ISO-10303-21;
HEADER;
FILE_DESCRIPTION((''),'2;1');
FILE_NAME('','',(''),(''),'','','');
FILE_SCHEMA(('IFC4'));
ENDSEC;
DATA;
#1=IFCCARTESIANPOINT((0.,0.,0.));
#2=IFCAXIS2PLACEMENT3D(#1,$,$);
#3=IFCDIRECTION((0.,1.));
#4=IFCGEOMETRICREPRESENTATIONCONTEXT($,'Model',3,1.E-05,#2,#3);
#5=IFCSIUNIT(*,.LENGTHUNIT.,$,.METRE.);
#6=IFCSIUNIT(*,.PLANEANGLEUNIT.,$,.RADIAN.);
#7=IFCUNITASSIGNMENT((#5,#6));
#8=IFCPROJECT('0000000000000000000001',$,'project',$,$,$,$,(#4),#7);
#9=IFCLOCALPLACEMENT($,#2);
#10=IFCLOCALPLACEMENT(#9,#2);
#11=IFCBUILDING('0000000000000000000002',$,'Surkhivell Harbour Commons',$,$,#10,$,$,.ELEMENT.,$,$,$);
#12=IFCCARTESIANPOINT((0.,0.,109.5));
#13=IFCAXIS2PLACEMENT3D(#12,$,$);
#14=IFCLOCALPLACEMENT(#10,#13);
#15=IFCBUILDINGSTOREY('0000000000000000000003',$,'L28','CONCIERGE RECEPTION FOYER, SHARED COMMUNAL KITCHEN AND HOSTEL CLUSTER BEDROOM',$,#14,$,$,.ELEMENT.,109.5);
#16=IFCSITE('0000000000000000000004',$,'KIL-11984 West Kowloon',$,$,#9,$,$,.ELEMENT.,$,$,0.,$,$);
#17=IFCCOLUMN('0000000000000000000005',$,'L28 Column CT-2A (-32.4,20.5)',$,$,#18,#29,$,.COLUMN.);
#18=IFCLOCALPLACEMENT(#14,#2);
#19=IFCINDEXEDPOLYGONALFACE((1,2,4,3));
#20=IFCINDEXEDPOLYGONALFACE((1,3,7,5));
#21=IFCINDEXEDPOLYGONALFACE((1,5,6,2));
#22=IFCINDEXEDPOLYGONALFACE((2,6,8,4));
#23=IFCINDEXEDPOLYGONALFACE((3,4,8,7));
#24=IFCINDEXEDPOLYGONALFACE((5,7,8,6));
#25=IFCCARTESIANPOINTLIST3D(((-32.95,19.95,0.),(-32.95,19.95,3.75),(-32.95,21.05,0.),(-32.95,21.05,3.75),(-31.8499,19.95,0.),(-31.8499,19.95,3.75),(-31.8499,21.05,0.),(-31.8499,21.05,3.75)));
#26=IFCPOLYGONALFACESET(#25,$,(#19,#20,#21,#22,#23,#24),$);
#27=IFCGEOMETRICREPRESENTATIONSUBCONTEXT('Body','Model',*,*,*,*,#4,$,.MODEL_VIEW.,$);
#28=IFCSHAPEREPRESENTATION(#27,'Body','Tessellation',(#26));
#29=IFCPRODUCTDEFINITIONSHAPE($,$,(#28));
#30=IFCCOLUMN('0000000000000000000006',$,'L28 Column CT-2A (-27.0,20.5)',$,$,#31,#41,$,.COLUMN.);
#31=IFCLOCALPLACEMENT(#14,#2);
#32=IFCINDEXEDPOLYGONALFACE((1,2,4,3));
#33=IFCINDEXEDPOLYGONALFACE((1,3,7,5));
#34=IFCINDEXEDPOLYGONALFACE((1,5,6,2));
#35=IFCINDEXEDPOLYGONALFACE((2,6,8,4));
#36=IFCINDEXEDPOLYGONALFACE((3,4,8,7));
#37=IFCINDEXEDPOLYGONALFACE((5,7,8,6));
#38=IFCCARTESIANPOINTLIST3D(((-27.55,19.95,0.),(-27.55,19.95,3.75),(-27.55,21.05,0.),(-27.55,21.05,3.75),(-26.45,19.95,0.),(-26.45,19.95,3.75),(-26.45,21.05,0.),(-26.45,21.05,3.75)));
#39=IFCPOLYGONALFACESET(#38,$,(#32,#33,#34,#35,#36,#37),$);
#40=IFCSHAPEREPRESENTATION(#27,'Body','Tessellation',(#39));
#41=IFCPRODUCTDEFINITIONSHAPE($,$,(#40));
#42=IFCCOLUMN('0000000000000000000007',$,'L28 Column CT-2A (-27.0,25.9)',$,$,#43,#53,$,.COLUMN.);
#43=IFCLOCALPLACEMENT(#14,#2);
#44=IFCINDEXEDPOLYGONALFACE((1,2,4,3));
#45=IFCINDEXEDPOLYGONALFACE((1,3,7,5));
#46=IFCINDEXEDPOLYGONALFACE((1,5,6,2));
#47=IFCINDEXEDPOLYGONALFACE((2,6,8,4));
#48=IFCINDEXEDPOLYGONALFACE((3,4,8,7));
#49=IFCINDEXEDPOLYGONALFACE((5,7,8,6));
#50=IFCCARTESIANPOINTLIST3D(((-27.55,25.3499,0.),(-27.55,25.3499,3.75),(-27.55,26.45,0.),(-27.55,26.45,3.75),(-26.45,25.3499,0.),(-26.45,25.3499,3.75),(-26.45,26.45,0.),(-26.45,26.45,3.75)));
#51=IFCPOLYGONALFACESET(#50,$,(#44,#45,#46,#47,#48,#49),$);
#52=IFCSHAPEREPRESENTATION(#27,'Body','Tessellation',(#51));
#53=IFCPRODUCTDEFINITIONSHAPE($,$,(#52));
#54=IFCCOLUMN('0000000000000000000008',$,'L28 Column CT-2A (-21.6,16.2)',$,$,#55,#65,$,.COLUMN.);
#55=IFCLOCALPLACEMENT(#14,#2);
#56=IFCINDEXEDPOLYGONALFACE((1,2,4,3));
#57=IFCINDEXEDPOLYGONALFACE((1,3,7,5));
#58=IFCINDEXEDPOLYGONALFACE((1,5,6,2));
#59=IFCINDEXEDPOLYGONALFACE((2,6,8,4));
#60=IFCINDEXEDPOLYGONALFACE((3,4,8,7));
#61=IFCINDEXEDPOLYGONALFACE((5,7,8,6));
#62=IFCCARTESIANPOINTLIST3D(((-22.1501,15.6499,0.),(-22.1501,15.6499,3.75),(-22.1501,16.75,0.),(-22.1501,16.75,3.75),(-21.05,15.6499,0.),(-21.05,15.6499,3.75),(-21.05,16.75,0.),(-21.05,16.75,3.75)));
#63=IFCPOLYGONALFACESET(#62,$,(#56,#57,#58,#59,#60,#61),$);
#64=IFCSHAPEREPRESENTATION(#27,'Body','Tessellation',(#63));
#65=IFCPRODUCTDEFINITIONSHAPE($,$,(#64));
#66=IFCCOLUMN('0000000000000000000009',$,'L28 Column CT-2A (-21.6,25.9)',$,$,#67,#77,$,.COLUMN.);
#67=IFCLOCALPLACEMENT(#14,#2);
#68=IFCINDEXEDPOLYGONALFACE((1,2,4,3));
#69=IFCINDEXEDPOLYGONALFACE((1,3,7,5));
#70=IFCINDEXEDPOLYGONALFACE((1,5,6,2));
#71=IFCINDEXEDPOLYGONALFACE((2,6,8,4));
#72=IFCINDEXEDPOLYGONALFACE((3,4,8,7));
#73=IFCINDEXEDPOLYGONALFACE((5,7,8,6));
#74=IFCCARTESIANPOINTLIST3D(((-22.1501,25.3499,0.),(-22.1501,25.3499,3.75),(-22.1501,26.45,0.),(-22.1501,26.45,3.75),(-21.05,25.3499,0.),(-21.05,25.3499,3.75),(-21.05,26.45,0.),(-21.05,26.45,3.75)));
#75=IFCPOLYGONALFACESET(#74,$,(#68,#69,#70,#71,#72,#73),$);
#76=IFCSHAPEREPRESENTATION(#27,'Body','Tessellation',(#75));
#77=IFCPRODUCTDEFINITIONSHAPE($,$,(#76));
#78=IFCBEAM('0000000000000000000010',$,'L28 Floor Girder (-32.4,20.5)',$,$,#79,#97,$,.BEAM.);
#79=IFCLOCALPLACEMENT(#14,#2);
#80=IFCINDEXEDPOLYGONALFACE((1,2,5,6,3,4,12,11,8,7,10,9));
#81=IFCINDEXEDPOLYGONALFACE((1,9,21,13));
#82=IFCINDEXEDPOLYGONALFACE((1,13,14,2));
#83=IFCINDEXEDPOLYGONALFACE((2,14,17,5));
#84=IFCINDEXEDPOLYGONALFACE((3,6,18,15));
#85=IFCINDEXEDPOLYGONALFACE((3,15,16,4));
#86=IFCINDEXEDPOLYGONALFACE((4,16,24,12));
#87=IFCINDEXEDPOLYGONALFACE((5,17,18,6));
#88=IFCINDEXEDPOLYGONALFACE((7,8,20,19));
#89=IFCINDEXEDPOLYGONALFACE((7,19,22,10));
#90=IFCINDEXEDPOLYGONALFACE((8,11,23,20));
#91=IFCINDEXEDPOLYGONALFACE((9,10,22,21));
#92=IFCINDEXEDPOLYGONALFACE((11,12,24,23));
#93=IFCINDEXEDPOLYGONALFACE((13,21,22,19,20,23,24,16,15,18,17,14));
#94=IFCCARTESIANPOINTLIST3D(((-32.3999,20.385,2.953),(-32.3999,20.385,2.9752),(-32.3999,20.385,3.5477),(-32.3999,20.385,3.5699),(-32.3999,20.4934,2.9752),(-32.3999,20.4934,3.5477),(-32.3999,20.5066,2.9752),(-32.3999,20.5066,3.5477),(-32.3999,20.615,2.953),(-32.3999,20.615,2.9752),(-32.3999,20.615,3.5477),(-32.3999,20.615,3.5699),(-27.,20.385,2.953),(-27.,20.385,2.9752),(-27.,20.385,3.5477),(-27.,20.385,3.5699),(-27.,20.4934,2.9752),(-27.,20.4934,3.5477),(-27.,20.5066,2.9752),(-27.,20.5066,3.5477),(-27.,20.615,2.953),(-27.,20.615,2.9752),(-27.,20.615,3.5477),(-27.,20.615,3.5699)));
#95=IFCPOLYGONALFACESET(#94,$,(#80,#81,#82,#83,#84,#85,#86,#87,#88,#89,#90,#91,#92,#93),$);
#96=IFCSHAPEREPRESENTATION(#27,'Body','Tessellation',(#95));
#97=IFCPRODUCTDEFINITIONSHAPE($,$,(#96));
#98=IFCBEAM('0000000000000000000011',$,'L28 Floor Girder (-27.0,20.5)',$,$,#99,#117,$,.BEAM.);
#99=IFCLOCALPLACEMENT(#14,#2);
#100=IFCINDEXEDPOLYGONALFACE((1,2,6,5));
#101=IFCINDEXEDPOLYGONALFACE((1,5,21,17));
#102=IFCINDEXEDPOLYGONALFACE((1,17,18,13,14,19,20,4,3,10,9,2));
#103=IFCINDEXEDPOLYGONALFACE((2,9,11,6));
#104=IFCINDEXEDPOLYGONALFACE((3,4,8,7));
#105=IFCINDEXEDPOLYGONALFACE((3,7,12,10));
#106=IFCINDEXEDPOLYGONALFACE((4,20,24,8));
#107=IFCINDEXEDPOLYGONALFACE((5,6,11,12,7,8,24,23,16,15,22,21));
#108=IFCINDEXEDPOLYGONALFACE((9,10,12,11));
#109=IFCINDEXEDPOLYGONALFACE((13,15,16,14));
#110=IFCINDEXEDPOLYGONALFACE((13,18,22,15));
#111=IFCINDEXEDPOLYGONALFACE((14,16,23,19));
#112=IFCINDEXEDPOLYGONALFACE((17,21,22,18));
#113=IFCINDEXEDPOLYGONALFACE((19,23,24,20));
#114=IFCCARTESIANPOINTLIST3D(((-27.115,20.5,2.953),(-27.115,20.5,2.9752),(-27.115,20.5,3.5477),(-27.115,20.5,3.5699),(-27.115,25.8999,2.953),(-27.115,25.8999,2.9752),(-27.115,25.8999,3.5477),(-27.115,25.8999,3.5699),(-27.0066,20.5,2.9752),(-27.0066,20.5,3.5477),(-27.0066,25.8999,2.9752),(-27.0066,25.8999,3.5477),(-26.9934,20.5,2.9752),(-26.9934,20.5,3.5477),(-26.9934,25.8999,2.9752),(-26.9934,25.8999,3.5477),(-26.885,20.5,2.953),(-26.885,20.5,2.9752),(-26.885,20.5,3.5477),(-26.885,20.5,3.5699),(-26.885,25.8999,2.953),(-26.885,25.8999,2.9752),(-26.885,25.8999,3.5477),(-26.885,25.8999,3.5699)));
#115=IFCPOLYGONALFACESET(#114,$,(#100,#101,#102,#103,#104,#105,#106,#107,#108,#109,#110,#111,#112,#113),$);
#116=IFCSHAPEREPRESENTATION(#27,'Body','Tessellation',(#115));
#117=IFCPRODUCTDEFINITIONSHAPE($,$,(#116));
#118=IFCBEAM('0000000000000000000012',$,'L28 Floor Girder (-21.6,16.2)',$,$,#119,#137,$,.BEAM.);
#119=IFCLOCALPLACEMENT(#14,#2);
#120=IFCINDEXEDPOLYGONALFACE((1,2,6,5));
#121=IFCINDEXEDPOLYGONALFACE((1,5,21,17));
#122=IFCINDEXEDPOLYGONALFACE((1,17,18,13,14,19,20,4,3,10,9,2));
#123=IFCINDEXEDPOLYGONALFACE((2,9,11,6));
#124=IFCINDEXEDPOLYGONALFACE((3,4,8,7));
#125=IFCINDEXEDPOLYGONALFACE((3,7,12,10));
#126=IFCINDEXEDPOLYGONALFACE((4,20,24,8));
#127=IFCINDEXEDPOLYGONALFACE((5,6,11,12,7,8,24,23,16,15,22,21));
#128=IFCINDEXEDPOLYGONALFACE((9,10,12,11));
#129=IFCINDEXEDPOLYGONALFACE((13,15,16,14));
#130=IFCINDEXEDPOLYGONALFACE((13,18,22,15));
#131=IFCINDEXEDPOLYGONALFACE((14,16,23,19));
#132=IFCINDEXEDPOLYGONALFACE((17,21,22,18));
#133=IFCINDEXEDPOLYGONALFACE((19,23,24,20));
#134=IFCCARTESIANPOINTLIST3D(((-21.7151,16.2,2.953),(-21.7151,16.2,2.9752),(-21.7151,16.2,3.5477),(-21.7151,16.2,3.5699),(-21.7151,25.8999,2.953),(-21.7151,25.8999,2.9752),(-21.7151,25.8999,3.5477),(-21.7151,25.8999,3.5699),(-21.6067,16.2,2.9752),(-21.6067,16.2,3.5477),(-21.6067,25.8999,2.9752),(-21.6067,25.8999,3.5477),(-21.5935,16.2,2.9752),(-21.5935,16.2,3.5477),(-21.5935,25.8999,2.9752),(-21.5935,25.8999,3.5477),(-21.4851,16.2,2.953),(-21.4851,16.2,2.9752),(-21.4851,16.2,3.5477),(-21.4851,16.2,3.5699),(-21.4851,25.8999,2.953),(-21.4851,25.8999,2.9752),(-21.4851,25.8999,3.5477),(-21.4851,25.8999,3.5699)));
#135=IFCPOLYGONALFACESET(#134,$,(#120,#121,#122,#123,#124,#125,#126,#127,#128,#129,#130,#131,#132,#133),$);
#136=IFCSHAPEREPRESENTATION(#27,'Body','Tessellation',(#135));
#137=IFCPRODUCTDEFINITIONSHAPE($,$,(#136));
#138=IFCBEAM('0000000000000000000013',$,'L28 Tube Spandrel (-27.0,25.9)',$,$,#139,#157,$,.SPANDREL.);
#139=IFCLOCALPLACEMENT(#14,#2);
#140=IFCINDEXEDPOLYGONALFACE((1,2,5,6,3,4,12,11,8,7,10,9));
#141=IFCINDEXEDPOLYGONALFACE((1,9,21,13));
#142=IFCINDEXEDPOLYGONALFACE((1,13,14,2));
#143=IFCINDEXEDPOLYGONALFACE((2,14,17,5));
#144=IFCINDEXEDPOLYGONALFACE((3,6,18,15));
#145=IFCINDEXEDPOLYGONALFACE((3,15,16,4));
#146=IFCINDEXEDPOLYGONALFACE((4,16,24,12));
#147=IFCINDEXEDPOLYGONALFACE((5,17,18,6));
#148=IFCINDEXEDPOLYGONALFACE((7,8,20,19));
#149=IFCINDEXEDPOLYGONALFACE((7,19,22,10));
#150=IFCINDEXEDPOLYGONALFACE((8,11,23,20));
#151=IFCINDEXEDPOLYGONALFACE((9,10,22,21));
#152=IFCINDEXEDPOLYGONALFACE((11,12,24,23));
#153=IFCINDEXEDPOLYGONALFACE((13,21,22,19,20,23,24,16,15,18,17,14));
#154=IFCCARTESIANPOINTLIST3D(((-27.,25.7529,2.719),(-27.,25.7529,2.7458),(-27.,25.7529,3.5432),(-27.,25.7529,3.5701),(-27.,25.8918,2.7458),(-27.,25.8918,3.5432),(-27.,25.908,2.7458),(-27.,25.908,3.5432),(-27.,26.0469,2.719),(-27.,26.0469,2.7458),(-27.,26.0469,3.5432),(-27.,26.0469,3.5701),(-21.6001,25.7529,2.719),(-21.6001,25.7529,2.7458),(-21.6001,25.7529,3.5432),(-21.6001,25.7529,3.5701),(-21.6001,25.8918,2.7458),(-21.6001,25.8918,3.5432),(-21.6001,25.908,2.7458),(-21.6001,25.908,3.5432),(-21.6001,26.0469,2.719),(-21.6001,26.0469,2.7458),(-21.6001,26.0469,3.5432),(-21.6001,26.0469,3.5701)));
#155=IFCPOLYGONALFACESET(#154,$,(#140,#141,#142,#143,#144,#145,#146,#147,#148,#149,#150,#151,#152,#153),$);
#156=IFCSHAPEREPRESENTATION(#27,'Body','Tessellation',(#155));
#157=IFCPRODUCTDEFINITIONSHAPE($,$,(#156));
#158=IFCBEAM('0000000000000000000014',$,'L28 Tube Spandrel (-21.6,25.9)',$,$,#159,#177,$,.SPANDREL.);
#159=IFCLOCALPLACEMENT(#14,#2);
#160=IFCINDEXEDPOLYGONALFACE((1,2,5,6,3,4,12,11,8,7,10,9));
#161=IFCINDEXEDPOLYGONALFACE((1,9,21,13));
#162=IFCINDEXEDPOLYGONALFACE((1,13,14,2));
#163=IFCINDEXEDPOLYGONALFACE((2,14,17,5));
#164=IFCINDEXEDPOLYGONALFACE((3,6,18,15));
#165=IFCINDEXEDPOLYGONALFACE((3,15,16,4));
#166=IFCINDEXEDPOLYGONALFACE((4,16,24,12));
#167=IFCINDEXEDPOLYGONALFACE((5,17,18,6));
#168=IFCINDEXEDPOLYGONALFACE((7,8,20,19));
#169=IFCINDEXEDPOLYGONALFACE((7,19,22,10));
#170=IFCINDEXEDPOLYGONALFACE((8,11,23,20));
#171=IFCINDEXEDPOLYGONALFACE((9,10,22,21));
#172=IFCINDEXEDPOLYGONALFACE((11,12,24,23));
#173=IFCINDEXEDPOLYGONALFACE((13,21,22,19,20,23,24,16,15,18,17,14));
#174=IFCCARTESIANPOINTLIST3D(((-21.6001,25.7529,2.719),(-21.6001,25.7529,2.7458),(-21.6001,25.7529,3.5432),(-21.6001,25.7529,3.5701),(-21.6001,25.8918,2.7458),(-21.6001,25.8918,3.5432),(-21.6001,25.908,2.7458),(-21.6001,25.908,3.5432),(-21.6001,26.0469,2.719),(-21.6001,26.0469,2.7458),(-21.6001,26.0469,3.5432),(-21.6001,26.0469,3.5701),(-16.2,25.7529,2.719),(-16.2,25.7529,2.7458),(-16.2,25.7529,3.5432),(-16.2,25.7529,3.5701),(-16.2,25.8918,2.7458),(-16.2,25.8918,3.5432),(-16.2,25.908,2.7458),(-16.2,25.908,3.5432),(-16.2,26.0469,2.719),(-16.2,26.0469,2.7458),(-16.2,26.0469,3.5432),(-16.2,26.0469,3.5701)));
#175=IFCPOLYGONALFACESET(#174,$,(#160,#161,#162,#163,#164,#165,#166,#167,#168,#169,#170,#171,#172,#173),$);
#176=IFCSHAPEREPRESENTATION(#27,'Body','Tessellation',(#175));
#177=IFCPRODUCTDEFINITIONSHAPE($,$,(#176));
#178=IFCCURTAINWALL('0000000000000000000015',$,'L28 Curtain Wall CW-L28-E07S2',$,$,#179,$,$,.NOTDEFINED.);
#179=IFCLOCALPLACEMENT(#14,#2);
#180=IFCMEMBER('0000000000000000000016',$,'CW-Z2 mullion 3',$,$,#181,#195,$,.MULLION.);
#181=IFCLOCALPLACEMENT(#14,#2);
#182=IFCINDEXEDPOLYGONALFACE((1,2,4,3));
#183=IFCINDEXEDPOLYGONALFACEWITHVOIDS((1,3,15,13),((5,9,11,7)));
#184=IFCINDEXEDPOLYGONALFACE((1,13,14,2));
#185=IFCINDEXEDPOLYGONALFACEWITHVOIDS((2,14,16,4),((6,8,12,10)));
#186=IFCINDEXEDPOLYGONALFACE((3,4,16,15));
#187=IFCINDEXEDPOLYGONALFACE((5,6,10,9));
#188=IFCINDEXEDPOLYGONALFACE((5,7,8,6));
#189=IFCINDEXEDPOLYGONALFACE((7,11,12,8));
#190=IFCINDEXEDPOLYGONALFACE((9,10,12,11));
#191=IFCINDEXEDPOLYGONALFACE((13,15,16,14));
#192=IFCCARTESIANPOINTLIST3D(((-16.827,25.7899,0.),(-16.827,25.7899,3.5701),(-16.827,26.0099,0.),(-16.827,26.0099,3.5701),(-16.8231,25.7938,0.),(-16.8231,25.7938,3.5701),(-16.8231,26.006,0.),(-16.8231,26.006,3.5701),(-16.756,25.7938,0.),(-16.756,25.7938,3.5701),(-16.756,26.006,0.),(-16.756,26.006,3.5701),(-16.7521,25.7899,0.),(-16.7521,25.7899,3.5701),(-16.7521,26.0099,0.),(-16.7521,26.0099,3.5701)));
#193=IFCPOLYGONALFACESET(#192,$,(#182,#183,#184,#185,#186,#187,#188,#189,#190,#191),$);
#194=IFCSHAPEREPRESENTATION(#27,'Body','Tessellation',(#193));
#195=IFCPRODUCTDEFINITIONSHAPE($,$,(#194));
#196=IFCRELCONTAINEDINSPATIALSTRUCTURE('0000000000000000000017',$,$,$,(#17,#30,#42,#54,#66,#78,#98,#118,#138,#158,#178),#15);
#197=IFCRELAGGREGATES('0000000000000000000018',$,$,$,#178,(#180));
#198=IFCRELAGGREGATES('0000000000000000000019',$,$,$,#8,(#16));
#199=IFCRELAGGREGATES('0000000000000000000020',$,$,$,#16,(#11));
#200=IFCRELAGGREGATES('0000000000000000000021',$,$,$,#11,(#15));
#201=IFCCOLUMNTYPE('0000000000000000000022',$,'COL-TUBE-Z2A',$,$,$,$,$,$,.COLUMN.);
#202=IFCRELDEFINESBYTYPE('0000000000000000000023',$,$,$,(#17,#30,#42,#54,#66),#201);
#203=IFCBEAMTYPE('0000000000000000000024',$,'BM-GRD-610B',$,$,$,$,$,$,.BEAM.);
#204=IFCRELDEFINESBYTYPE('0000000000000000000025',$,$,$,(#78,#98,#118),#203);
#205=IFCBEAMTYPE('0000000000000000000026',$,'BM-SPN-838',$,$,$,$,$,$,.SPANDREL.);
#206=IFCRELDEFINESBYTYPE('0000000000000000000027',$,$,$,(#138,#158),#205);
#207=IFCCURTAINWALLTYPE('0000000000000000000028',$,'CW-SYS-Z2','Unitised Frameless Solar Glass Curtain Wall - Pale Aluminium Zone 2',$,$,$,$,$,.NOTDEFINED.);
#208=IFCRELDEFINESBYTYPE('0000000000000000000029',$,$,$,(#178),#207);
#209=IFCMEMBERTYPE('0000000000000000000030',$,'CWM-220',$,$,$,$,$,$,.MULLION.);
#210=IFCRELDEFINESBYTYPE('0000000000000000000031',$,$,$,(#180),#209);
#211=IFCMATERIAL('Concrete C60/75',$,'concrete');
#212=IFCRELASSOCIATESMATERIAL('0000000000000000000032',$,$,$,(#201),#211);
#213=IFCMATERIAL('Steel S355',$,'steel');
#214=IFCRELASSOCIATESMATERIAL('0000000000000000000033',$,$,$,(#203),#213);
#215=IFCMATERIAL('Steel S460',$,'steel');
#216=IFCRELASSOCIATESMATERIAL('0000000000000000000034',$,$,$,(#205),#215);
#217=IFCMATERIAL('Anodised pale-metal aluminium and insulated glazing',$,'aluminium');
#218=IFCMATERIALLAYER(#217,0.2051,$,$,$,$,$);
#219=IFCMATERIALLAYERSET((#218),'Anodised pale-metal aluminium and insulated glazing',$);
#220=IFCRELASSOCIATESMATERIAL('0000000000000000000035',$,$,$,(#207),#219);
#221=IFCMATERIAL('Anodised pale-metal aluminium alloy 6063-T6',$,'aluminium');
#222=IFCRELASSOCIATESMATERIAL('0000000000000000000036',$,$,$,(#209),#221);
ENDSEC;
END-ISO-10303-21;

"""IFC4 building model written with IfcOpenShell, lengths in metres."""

from ifc_helpers import new_model, si_unit, direction, frame, origin, origin_2d, place, context, subcontext, project, spatial, rectangle, hollow_rectangle, i_section, extrude, material, layer, layer_set, material_profile, profile_set, type_object, element, aggregate, save


model = new_model("IFC4")

# Units and contexts
model_context = context("Model", 3, precision=1e-05, world=origin(), true_north=direction((0.0, 1.0)))
body_context = subcontext(model_context, "Body", "Model", "MODEL_VIEW")
ifc_project = project(units=[si_unit("LENGTHUNIT", "METRE"), si_unit("PLANEANGLEUNIT", "RADIAN")], contexts=[model_context])

# Site, building, storey
site_placement = place(None, origin())
site = spatial("IfcSite", under=ifc_project, at=site_placement, Name="KIL-11984 West Kowloon", CompositionType="ELEMENT", RefElevation=0.0)
building_placement = place(site_placement, origin())
building = spatial("IfcBuilding", under=site, at=building_placement, Name="Surkhivell Harbour Commons", CompositionType="ELEMENT")
storey_placement = place(building_placement, frame((0.0, 0.0, 109.5)))
storey = spatial("IfcBuildingStorey", under=building, at=storey_placement, Name="L28", Description="CONCIERGE RECEPTION FOYER, SHARED COMMUNAL KITCHEN AND HOSTEL CLUSTER BEDROOM", CompositionType="ELEMENT", Elevation=109.5)

# Columns
ifc_material_1 = material(Name="Concrete C60/75", Category="concrete")
ifc_material_profile_1 = material_profile(ifc_material_1, rectangle(XDim=1.1001, YDim=1.1001, at=origin_2d()), Name="RC-COL-1100x1100")
ifc_profile_set_1 = profile_set([ifc_material_profile_1], Name="Concrete C60/75")
column_type = type_object("IfcColumnType", Name="COL-TUBE-Z2A", PredefinedType="COLUMN", material=ifc_profile_set_1)
for number, where, z_axis, x_axis, name in (
    (1, (-32.3999, 20.5, 0.0), (0.0, 0.0, 1.0), (1.0, 0.0, 0.0), "L28 Column CT-2A (-32.4,20.5)"),
    (2, (-27.0, 20.5, 0.0), (0.0, 0.0, 1.0), (1.0, 0.0, 0.0), "L28 Column CT-2A (-27.0,20.5)"),
    (3, (-27.0, 25.8999, 0.0), (0.0, 0.0, 1.0), (1.0, 0.0, 0.0), "L28 Column CT-2A (-27.0,25.9)"),
    (4, (-21.6001, 16.2, 0.0), (0.0, 0.0, 1.0), (1.0, 0.0, 0.0), "L28 Column CT-2A (-21.6,16.2)"),
    (5, (-21.6001, 25.8999, 0.0), (0.0, 0.0, 1.0), (1.0, 0.0, 0.0), "L28 Column CT-2A (-21.6,25.9)"),
):
    element("IfcColumn", number, at=place(storey_placement, frame(where, z_axis=z_axis, x_axis=x_axis)), inside=storey, type_object=column_type, Name=name, PredefinedType="COLUMN", context=body_context, shape_type="SweptSolid", body=[
        extrude(rectangle(XDim=1.1001, YDim=1.1001, at=origin_2d()), origin(), (0.0, 0.0, 1.0), 3.75),
    ])

# Beams
ifc_material_2 = material(Name="Steel S355", Category="steel")
ifc_material_profile_2 = material_profile(ifc_material_2, i_section(OverallWidth=0.23, OverallDepth=0.6169, WebThickness=0.0132, FlangeThickness=0.0222, at=origin_2d()), Name="UB610x229x140")
ifc_profile_set_2 = profile_set([ifc_material_profile_2], Name="Steel S355")
beam_type_1 = type_object("IfcBeamType", Name="BM-GRD-610B", PredefinedType="BEAM", material=ifc_profile_set_2)
for number, where, z_axis, x_axis, name in (
    (6, (-32.3999, 20.5, 3.2615), (1.0, 0.0, 0.0), (0.0, 1.0, 0.0), "L28 Floor Girder (-32.4,20.5)"),
    (7, (-27.0, 20.5, 3.2615), (0.0, 1.0, 0.0), (-1.0, 0.0, 0.0), "L28 Floor Girder (-27.0,20.5)"),
):
    element("IfcBeam", number, at=place(storey_placement, frame(where, z_axis=z_axis, x_axis=x_axis)), inside=storey, type_object=beam_type_1, Name=name, PredefinedType="BEAM", context=body_context, shape_type="SweptSolid", body=[
        extrude(i_section(OverallWidth=0.23, OverallDepth=0.6169, WebThickness=0.0132, FlangeThickness=0.0222, at=origin_2d()), origin(), (0.0, 0.0, 1.0), 5.3999),
    ])
beam_1_placement = place(storey_placement, frame((-21.6001, 16.2, 3.2615), z_axis=(0.0, 1.0, 0.0), x_axis=(-1.0, 0.0, 0.0)))
element("IfcBeam", 8, at=beam_1_placement, inside=storey, type_object=beam_type_1, Name="L28 Floor Girder (-21.6,16.2)", PredefinedType="BEAM", context=body_context, shape_type="SweptSolid", body=[
    extrude(i_section(OverallWidth=0.23, OverallDepth=0.6169, WebThickness=0.0132, FlangeThickness=0.0222, at=origin_2d()), origin(), (0.0, 0.0, 1.0), 9.7),
])
ifc_material_3 = material(Name="Steel S460", Category="steel")
ifc_material_profile_3 = material_profile(ifc_material_3, i_section(OverallWidth=0.2939, OverallDepth=0.8511, WebThickness=0.0161, FlangeThickness=0.0269, at=origin_2d()), Name="UB838x292x226")
ifc_profile_set_3 = profile_set([ifc_material_profile_3], Name="Steel S460")
beam_type_2 = type_object("IfcBeamType", Name="BM-SPN-838", PredefinedType="SPANDREL", material=ifc_profile_set_3)
beam_2_placement = place(storey_placement, frame((-27.0, 25.8999, 3.1445), z_axis=(1.0, 0.0, 0.0), x_axis=(0.0, 1.0, 0.0)))
element("IfcBeam", 9, at=beam_2_placement, inside=storey, type_object=beam_type_2, Name="L28 Tube Spandrel (-27.0,25.9)", PredefinedType="SPANDREL", context=body_context, shape_type="SweptSolid", body=[
    extrude(i_section(OverallWidth=0.2939, OverallDepth=0.8511, WebThickness=0.0161, FlangeThickness=0.0269, at=origin_2d()), origin(), (0.0, 0.0, 1.0), 5.3999),
])
beam_3_placement = place(storey_placement, frame((-21.6001, 25.8999, 3.1445), z_axis=(1.0, 0.0, 0.0), x_axis=(0.0, 1.0, 0.0)))
element("IfcBeam", 10, at=beam_3_placement, inside=storey, type_object=beam_type_2, Name="L28 Tube Spandrel (-21.6,25.9)", PredefinedType="SPANDREL", context=body_context, shape_type="SweptSolid", body=[
    extrude(i_section(OverallWidth=0.2939, OverallDepth=0.8511, WebThickness=0.0161, FlangeThickness=0.0269, at=origin_2d()), origin(), (0.0, 0.0, 1.0), 5.4001),
])

# Curtain wall, member
ifc_material_4 = material(Name="Anodised pale-metal aluminium and insulated glazing", Category="aluminium")
ifc_layer_1 = layer(ifc_material_4, 0.2051)
ifc_layer_set_1 = layer_set([ifc_layer_1], Name="Anodised pale-metal aluminium and insulated glazing")
curtain_wall_type = type_object("IfcCurtainWallType", Name="CW-SYS-Z2", Description="Unitised Frameless Solar Glass Curtain Wall - Pale Aluminium Zone 2", PredefinedType="NOTDEFINED", material=ifc_layer_set_1)
curtain_wall_1_placement = place(storey_placement, origin())
curtain_wall_1 = element("IfcCurtainWall", 11, at=curtain_wall_1_placement, inside=storey, type_object=curtain_wall_type, Name="L28 Curtain Wall CW-L28-E07S2", PredefinedType="NOTDEFINED")
ifc_material_5 = material(Name="Anodised pale-metal aluminium alloy 6063-T6", Category="aluminium")
ifc_material_profile_4 = material_profile(ifc_material_5, hollow_rectangle(XDim=0.075, YDim=0.22, WallThickness=0.0039, at=origin_2d()), Name="ALU-MULL-75x220")
ifc_profile_set_4 = profile_set([ifc_material_profile_4], Name="Anodised pale-metal aluminium alloy 6063-T6")
member_type_1 = type_object("IfcMemberType", Name="CWM-220", PredefinedType="MULLION", material=ifc_profile_set_4)
member_1_placement = place(storey_placement, frame((-16.7896, 25.8999, 0.0), z_axis=(0.0, 0.0, 1.0), x_axis=(-1.0, 0.0, 0.0)))
member_1 = element("IfcMember", 12, at=member_1_placement, type_object=member_type_1, Name="CW-Z2 mullion 3", PredefinedType="MULLION", context=body_context, shape_type="SweptSolid", body=[
    extrude(hollow_rectangle(XDim=0.075, YDim=0.22, WallThickness=0.0039, at=origin_2d()), origin(), (0.0, 0.0, 1.0), 3.5701),
])

aggregate(curtain_wall_1, [member_1])

save(model, "model.ifc")
